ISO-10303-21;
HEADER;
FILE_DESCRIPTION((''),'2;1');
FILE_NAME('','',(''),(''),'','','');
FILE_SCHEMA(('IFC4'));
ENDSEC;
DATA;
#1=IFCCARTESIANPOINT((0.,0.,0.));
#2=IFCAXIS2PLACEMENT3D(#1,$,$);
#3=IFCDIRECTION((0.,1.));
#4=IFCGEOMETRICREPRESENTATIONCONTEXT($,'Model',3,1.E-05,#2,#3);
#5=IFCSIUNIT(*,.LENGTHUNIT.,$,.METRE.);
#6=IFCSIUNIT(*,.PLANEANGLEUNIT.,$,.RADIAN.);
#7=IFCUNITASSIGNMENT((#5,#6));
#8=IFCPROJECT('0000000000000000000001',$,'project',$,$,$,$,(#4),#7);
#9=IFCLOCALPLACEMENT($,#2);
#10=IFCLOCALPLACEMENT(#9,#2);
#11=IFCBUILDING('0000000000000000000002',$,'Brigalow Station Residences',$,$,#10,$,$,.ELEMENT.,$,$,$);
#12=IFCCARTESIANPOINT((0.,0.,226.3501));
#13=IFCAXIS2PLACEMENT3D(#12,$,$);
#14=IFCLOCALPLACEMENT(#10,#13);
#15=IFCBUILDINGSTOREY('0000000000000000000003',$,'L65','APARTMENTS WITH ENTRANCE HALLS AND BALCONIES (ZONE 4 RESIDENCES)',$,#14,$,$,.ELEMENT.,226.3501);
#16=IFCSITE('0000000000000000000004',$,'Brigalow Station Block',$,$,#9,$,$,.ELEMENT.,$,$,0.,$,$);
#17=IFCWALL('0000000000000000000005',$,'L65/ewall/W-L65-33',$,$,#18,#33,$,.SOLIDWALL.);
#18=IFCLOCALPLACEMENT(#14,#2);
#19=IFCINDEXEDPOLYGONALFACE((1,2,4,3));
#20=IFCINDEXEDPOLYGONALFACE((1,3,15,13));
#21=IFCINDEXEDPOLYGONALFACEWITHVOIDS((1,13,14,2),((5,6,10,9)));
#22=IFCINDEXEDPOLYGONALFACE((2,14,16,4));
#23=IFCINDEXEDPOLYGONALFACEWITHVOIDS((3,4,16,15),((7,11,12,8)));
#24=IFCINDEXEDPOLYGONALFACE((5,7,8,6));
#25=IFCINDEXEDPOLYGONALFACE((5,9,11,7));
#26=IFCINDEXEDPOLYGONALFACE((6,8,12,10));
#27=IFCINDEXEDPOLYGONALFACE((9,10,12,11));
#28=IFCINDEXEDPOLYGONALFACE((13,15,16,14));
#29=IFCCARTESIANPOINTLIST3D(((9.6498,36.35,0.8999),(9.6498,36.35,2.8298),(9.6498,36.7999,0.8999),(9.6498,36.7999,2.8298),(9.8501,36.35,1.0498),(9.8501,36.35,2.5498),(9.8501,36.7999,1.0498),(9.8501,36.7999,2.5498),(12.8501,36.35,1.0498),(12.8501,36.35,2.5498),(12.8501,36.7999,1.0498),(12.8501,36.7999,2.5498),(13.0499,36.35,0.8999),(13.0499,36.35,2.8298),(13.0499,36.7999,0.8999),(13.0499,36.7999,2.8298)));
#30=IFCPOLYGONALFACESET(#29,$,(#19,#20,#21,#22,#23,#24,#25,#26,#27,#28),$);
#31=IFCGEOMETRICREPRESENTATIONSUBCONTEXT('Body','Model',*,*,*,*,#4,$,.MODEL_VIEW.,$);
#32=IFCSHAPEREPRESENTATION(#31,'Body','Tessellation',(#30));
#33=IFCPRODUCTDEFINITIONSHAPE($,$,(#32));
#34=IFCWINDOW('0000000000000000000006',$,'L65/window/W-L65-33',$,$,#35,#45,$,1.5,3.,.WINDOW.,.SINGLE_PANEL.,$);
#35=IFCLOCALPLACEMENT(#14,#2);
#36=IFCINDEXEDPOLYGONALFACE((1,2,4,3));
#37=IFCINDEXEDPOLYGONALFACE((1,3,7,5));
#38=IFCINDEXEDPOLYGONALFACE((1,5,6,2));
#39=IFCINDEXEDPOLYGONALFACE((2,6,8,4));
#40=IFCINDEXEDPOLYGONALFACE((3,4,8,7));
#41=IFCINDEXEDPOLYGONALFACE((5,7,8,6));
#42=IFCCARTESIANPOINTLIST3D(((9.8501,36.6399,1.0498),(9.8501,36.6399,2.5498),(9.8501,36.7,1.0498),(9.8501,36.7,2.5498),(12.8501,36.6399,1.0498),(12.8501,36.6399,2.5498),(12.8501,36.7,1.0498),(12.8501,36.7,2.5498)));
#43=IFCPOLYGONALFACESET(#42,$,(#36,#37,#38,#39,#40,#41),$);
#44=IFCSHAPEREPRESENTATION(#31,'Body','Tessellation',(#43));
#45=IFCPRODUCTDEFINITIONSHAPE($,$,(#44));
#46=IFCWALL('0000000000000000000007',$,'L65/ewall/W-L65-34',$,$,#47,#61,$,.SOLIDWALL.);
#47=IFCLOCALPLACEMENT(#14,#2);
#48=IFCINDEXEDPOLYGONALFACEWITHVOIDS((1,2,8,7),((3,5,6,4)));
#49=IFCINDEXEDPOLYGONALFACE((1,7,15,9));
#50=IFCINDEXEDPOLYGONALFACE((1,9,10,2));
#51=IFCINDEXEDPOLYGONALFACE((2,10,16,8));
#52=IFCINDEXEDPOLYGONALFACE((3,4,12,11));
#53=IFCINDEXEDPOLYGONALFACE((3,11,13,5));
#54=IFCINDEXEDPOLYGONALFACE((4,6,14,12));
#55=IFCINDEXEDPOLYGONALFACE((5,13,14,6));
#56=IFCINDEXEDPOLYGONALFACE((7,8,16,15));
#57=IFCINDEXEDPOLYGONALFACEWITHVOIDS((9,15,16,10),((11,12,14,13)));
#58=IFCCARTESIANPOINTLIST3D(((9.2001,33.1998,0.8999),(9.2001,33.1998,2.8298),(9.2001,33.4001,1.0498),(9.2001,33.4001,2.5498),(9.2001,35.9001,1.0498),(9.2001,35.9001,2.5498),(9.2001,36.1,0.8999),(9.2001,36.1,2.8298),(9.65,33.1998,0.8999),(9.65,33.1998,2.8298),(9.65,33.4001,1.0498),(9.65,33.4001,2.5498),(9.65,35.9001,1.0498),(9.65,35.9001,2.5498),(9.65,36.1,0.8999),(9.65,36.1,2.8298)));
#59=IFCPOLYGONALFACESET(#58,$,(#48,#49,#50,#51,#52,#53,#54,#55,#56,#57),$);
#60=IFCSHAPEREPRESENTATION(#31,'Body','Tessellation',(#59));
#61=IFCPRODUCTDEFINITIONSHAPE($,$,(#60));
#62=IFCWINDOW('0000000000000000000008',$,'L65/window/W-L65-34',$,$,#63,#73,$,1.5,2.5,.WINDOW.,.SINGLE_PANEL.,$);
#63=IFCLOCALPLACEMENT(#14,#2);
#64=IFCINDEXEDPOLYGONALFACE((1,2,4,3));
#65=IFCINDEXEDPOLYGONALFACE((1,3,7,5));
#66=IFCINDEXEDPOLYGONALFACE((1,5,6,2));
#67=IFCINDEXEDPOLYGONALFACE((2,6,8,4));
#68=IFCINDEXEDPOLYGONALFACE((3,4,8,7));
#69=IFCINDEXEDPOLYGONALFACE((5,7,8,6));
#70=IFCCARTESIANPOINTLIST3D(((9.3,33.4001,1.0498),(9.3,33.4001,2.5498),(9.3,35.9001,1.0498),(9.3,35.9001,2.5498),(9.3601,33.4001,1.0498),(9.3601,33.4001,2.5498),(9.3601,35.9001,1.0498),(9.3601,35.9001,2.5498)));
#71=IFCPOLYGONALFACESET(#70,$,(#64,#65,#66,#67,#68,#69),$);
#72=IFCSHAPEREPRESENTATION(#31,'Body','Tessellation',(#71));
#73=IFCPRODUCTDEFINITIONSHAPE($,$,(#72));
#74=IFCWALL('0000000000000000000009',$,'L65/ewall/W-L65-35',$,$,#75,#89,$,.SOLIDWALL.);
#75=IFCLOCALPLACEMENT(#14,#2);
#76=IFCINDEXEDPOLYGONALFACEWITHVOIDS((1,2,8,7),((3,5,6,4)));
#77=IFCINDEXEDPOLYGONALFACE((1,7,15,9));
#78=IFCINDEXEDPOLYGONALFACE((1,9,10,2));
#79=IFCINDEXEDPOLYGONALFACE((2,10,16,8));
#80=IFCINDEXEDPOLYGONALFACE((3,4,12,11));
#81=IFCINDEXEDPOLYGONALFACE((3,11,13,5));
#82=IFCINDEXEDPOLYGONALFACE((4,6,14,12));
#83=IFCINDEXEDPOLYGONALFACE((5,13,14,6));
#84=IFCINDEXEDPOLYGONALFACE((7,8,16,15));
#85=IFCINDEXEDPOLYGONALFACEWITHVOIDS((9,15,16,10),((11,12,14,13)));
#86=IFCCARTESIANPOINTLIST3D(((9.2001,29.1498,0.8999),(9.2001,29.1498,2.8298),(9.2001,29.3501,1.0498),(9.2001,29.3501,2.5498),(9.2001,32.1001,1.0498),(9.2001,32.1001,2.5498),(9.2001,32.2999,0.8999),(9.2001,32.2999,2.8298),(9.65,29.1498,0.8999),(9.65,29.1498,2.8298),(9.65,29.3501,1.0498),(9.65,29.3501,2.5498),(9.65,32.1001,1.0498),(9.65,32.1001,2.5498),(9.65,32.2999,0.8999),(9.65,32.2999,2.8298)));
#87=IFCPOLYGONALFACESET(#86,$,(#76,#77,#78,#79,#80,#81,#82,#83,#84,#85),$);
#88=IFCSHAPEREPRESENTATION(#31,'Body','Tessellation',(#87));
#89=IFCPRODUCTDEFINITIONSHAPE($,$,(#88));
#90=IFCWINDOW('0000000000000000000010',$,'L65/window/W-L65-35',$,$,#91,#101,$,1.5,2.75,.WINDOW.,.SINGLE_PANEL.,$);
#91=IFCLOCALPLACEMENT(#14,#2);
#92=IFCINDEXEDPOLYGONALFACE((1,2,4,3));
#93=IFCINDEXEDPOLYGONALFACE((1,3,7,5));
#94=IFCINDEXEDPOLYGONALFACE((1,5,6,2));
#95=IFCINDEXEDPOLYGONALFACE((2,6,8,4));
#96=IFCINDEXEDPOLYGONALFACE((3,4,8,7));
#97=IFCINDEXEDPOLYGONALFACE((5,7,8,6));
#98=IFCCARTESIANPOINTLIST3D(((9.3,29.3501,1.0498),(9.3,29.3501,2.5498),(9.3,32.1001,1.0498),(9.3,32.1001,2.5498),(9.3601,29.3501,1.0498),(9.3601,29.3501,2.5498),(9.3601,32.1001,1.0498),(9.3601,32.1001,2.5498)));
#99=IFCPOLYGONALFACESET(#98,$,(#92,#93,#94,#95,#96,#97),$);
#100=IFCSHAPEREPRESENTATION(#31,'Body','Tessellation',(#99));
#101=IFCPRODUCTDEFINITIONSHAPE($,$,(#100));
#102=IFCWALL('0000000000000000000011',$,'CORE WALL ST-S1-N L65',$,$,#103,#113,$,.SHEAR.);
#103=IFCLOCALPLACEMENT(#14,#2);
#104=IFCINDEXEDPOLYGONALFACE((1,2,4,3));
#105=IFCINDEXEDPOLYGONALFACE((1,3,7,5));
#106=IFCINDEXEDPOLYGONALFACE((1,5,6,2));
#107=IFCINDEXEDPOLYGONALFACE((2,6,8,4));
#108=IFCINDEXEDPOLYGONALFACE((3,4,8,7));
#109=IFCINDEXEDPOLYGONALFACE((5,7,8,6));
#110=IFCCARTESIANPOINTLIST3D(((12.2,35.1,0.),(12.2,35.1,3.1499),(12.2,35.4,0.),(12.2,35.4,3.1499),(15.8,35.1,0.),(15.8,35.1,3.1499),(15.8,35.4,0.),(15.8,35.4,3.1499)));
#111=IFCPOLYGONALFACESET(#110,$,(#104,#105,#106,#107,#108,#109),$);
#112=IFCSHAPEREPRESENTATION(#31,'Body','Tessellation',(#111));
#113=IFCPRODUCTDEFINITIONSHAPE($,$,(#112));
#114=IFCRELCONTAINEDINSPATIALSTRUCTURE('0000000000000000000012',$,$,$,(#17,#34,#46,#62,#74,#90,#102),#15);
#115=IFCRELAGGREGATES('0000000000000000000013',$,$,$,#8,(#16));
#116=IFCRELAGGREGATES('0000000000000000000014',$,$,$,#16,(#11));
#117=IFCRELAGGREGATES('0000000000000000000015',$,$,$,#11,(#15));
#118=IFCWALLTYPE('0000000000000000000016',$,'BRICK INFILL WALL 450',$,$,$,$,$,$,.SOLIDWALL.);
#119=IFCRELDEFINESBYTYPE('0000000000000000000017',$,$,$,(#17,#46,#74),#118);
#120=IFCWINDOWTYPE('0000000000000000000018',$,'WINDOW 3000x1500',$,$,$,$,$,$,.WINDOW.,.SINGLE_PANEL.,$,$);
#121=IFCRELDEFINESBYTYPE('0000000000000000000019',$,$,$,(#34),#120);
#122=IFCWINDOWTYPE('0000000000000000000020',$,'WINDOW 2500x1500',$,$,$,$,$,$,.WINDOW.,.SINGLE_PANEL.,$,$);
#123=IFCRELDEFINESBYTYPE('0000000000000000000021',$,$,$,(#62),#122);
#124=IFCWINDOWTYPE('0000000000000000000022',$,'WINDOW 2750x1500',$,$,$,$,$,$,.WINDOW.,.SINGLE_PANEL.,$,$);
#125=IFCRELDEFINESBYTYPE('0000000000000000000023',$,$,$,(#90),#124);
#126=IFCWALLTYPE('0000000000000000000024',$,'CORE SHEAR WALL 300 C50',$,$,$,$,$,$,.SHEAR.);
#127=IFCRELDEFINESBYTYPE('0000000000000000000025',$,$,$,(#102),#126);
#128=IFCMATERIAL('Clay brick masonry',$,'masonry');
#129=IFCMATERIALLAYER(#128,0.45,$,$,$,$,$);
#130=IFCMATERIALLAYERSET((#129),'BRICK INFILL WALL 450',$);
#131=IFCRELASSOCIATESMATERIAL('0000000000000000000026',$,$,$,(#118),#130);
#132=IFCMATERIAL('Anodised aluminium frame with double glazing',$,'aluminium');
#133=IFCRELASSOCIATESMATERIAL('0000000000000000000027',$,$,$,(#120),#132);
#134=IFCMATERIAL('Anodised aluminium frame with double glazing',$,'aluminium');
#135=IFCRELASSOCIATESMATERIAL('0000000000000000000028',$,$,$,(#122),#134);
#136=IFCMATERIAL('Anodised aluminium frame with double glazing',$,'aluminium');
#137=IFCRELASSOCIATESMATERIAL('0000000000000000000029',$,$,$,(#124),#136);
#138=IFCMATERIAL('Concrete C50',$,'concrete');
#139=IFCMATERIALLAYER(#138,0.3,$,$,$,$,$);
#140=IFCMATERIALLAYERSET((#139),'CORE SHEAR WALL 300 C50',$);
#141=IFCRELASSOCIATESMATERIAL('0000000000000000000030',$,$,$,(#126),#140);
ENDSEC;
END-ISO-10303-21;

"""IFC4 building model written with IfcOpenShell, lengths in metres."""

from ifc_helpers import new_model, si_unit, direction, frame, frame_2d, origin, place, context, subcontext, project, spatial, rectangle, extrude, material, layer, layer_set, type_object, element, fill, save


model = new_model("IFC4")

# Units and contexts
model_context = context("Model", 3, precision=1e-05, world=origin(), true_north=direction((0.0, 1.0)))
body_context = subcontext(model_context, "Body", "Model", "MODEL_VIEW")
ifc_project = project(units=[si_unit("LENGTHUNIT", "METRE"), si_unit("PLANEANGLEUNIT", "RADIAN")], contexts=[model_context])

# Site, building, storey
site_placement = place(None, origin())
site = spatial("IfcSite", under=ifc_project, at=site_placement, Name="Brigalow Station Block", CompositionType="ELEMENT", RefElevation=0.0)
building_placement = place(site_placement, origin())
building = spatial("IfcBuilding", under=site, at=building_placement, Name="Brigalow Station Residences", CompositionType="ELEMENT")
storey_placement = place(building_placement, frame((0.0, 0.0, 226.3501)))
storey = spatial("IfcBuildingStorey", under=building, at=storey_placement, Name="L65", Description="APARTMENTS WITH ENTRANCE HALLS AND BALCONIES (ZONE 4 RESIDENCES)", CompositionType="ELEMENT", Elevation=226.3501)

# Shared definitions
ifc_material_1 = material(Name="Clay brick masonry", Category="masonry")
ifc_layer_1 = layer(ifc_material_1, 0.45)
ifc_layer_set_1 = layer_set([ifc_layer_1], Name="BRICK INFILL WALL 450")
wall_type_1 = type_object("IfcWallType", Name="BRICK INFILL WALL 450", PredefinedType="SOLIDWALL", material=ifc_layer_set_1)

# Walls, openings, windows
wall_1_placement = place(storey_placement, frame((13.05, 36.575, 0.8999), z_axis=(0.0, 0.0, 1.0), x_axis=(-1.0, 0.0, 0.0)))
wall_1 = element("IfcWall", 1, at=wall_1_placement, inside=storey, type_object=wall_type_1, Name="L65/ewall/W-L65-33", PredefinedType="SOLIDWALL", context=body_context, shape_type="SweptSolid", body=[
    extrude(rectangle(XDim=3.4001, YDim=0.45, at=frame_2d((1.7002, 0.0))), origin(), (0.0, 0.0, 1.0), 1.9299),
])
opening_1_placement = place(wall_1_placement, frame((0.2, 0.0, 0.1499)))
opening_1 = element("IfcOpeningElement", 2, at=opening_1_placement, cuts=wall_1, PredefinedType="OPENING", context=body_context, shape_type="SweptSolid", body=[
    extrude(rectangle(XDim=3.0, YDim=1.5, at=frame_2d((1.5, 0.75))), frame((0.0, 0.2349, 0.0), z_axis=(0.0, -1.0, 0.0), x_axis=(1.0, 0.0, 0.0)), (0.0, 0.0, 1.0), 0.47),
])
ifc_material_2 = material(Name="Anodised aluminium frame with double glazing", Category="aluminium")
window_type_1 = type_object("IfcWindowType", Name="WINDOW 3000x1500", PartitioningType="SINGLE_PANEL", PredefinedType="WINDOW", material=ifc_material_2)
window_1_placement = place(opening_1_placement, origin())
window_1 = element("IfcWindow", 3, at=window_1_placement, inside=storey, type_object=window_type_1, Name="L65/window/W-L65-33", OverallHeight=1.5, OverallWidth=3.0, PartitioningType="SINGLE_PANEL", PredefinedType="WINDOW", context=body_context, shape_type="SweptSolid", body=[
    extrude(rectangle(XDim=3.0, YDim=1.5, at=frame_2d((1.5, 0.75))), frame((0.0, -0.0649, 0.0), z_axis=(0.0, -1.0, 0.0), x_axis=(1.0, 0.0, 0.0)), (0.0, 0.0, 1.0), 0.0601),
])
fill(opening_1, window_1)
wall_2_placement = place(storey_placement, frame((9.425, 36.1001, 0.8999), z_axis=(0.0, 0.0, 1.0), x_axis=(0.0, -1.0, 0.0)))
wall_2 = element("IfcWall", 4, at=wall_2_placement, inside=storey, type_object=wall_type_1, Name="L65/ewall/W-L65-34", PredefinedType="SOLIDWALL", context=body_context, shape_type="SweptSolid", body=[
    extrude(rectangle(XDim=2.9001, YDim=0.45, at=frame_2d((1.4502, 0.0))), origin(), (0.0, 0.0, 1.0), 1.9299),
])
opening_2_placement = place(wall_2_placement, frame((0.2, 0.0, 0.1499)))
opening_2 = element("IfcOpeningElement", 5, at=opening_2_placement, cuts=wall_2, PredefinedType="OPENING", context=body_context, shape_type="SweptSolid", body=[
    extrude(rectangle(XDim=2.5, YDim=1.5, at=frame_2d((1.25, 0.75))), frame((0.0, 0.2349, 0.0), z_axis=(0.0, -1.0, 0.0), x_axis=(1.0, 0.0, 0.0)), (0.0, 0.0, 1.0), 0.47),
])
ifc_material_3 = material(Name="Anodised aluminium frame with double glazing", Category="aluminium")
window_type_2 = type_object("IfcWindowType", Name="WINDOW 2500x1500", PartitioningType="SINGLE_PANEL", PredefinedType="WINDOW", material=ifc_material_3)
window_2_placement = place(opening_2_placement, origin())
window_2 = element("IfcWindow", 6, at=window_2_placement, inside=storey, type_object=window_type_2, Name="L65/window/W-L65-34", OverallHeight=1.5, OverallWidth=2.5, PartitioningType="SINGLE_PANEL", PredefinedType="WINDOW", context=body_context, shape_type="SweptSolid", body=[
    extrude(rectangle(XDim=2.5, YDim=1.5, at=frame_2d((1.25, 0.75))), frame((0.0, -0.0649, 0.0), z_axis=(0.0, -1.0, 0.0), x_axis=(1.0, 0.0, 0.0)), (0.0, 0.0, 1.0), 0.0601),
])
fill(opening_2, window_2)
wall_3_placement = place(storey_placement, frame((9.425, 32.3, 0.8999), z_axis=(0.0, 0.0, 1.0), x_axis=(0.0, -1.0, 0.0)))
wall_3 = element("IfcWall", 7, at=wall_3_placement, inside=storey, type_object=wall_type_1, Name="L65/ewall/W-L65-35", PredefinedType="SOLIDWALL", context=body_context, shape_type="SweptSolid", body=[
    extrude(rectangle(XDim=3.1501, YDim=0.45, at=frame_2d((1.5752, 0.0))), origin(), (0.0, 0.0, 1.0), 1.9299),
])
opening_3_placement = place(wall_3_placement, frame((0.2, 0.0, 0.1499)))
opening_3 = element("IfcOpeningElement", 8, at=opening_3_placement, cuts=wall_3, PredefinedType="OPENING", context=body_context, shape_type="SweptSolid", body=[
    extrude(rectangle(XDim=2.75, YDim=1.5, at=frame_2d((1.375, 0.75))), frame((0.0, 0.2349, 0.0), z_axis=(0.0, -1.0, 0.0), x_axis=(1.0, 0.0, 0.0)), (0.0, 0.0, 1.0), 0.47),
])
ifc_material_4 = material(Name="Anodised aluminium frame with double glazing", Category="aluminium")
window_type_3 = type_object("IfcWindowType", Name="WINDOW 2750x1500", PartitioningType="SINGLE_PANEL", PredefinedType="WINDOW", material=ifc_material_4)
window_3_placement = place(opening_3_placement, origin())
window_3 = element("IfcWindow", 9, at=window_3_placement, inside=storey, type_object=window_type_3, Name="L65/window/W-L65-35", OverallHeight=1.5, OverallWidth=2.75, PartitioningType="SINGLE_PANEL", PredefinedType="WINDOW", context=body_context, shape_type="SweptSolid", body=[
    extrude(rectangle(XDim=2.75, YDim=1.5, at=frame_2d((1.375, 0.75))), frame((0.0, -0.0649, 0.0), z_axis=(0.0, -1.0, 0.0), x_axis=(1.0, 0.0, 0.0)), (0.0, 0.0, 1.0), 0.0601),
])
fill(opening_3, window_3)

# Wall
ifc_material_5 = material(Name="Concrete C50", Category="concrete")
ifc_layer_2 = layer(ifc_material_5, 0.3)
ifc_layer_set_2 = layer_set([ifc_layer_2], Name="CORE SHEAR WALL 300 C50")
wall_type_2 = type_object("IfcWallType", Name="CORE SHEAR WALL 300 C50", PredefinedType="SHEAR", material=ifc_layer_set_2)
wall_4_placement = place(storey_placement, frame((12.2, 35.25, 0.0), z_axis=(0.0, 0.0, 1.0), x_axis=(1.0, 0.0, 0.0)))
element("IfcWall", 10, at=wall_4_placement, inside=storey, type_object=wall_type_2, Name="CORE WALL ST-S1-N L65", PredefinedType="SHEAR", context=body_context, shape_type="SweptSolid", body=[
    extrude(rectangle(XDim=3.6001, YDim=0.3, at=frame_2d((1.8, 0.0))), origin(), (0.0, 0.0, 1.0), 3.1499),
])

save(model, "model.ifc")
